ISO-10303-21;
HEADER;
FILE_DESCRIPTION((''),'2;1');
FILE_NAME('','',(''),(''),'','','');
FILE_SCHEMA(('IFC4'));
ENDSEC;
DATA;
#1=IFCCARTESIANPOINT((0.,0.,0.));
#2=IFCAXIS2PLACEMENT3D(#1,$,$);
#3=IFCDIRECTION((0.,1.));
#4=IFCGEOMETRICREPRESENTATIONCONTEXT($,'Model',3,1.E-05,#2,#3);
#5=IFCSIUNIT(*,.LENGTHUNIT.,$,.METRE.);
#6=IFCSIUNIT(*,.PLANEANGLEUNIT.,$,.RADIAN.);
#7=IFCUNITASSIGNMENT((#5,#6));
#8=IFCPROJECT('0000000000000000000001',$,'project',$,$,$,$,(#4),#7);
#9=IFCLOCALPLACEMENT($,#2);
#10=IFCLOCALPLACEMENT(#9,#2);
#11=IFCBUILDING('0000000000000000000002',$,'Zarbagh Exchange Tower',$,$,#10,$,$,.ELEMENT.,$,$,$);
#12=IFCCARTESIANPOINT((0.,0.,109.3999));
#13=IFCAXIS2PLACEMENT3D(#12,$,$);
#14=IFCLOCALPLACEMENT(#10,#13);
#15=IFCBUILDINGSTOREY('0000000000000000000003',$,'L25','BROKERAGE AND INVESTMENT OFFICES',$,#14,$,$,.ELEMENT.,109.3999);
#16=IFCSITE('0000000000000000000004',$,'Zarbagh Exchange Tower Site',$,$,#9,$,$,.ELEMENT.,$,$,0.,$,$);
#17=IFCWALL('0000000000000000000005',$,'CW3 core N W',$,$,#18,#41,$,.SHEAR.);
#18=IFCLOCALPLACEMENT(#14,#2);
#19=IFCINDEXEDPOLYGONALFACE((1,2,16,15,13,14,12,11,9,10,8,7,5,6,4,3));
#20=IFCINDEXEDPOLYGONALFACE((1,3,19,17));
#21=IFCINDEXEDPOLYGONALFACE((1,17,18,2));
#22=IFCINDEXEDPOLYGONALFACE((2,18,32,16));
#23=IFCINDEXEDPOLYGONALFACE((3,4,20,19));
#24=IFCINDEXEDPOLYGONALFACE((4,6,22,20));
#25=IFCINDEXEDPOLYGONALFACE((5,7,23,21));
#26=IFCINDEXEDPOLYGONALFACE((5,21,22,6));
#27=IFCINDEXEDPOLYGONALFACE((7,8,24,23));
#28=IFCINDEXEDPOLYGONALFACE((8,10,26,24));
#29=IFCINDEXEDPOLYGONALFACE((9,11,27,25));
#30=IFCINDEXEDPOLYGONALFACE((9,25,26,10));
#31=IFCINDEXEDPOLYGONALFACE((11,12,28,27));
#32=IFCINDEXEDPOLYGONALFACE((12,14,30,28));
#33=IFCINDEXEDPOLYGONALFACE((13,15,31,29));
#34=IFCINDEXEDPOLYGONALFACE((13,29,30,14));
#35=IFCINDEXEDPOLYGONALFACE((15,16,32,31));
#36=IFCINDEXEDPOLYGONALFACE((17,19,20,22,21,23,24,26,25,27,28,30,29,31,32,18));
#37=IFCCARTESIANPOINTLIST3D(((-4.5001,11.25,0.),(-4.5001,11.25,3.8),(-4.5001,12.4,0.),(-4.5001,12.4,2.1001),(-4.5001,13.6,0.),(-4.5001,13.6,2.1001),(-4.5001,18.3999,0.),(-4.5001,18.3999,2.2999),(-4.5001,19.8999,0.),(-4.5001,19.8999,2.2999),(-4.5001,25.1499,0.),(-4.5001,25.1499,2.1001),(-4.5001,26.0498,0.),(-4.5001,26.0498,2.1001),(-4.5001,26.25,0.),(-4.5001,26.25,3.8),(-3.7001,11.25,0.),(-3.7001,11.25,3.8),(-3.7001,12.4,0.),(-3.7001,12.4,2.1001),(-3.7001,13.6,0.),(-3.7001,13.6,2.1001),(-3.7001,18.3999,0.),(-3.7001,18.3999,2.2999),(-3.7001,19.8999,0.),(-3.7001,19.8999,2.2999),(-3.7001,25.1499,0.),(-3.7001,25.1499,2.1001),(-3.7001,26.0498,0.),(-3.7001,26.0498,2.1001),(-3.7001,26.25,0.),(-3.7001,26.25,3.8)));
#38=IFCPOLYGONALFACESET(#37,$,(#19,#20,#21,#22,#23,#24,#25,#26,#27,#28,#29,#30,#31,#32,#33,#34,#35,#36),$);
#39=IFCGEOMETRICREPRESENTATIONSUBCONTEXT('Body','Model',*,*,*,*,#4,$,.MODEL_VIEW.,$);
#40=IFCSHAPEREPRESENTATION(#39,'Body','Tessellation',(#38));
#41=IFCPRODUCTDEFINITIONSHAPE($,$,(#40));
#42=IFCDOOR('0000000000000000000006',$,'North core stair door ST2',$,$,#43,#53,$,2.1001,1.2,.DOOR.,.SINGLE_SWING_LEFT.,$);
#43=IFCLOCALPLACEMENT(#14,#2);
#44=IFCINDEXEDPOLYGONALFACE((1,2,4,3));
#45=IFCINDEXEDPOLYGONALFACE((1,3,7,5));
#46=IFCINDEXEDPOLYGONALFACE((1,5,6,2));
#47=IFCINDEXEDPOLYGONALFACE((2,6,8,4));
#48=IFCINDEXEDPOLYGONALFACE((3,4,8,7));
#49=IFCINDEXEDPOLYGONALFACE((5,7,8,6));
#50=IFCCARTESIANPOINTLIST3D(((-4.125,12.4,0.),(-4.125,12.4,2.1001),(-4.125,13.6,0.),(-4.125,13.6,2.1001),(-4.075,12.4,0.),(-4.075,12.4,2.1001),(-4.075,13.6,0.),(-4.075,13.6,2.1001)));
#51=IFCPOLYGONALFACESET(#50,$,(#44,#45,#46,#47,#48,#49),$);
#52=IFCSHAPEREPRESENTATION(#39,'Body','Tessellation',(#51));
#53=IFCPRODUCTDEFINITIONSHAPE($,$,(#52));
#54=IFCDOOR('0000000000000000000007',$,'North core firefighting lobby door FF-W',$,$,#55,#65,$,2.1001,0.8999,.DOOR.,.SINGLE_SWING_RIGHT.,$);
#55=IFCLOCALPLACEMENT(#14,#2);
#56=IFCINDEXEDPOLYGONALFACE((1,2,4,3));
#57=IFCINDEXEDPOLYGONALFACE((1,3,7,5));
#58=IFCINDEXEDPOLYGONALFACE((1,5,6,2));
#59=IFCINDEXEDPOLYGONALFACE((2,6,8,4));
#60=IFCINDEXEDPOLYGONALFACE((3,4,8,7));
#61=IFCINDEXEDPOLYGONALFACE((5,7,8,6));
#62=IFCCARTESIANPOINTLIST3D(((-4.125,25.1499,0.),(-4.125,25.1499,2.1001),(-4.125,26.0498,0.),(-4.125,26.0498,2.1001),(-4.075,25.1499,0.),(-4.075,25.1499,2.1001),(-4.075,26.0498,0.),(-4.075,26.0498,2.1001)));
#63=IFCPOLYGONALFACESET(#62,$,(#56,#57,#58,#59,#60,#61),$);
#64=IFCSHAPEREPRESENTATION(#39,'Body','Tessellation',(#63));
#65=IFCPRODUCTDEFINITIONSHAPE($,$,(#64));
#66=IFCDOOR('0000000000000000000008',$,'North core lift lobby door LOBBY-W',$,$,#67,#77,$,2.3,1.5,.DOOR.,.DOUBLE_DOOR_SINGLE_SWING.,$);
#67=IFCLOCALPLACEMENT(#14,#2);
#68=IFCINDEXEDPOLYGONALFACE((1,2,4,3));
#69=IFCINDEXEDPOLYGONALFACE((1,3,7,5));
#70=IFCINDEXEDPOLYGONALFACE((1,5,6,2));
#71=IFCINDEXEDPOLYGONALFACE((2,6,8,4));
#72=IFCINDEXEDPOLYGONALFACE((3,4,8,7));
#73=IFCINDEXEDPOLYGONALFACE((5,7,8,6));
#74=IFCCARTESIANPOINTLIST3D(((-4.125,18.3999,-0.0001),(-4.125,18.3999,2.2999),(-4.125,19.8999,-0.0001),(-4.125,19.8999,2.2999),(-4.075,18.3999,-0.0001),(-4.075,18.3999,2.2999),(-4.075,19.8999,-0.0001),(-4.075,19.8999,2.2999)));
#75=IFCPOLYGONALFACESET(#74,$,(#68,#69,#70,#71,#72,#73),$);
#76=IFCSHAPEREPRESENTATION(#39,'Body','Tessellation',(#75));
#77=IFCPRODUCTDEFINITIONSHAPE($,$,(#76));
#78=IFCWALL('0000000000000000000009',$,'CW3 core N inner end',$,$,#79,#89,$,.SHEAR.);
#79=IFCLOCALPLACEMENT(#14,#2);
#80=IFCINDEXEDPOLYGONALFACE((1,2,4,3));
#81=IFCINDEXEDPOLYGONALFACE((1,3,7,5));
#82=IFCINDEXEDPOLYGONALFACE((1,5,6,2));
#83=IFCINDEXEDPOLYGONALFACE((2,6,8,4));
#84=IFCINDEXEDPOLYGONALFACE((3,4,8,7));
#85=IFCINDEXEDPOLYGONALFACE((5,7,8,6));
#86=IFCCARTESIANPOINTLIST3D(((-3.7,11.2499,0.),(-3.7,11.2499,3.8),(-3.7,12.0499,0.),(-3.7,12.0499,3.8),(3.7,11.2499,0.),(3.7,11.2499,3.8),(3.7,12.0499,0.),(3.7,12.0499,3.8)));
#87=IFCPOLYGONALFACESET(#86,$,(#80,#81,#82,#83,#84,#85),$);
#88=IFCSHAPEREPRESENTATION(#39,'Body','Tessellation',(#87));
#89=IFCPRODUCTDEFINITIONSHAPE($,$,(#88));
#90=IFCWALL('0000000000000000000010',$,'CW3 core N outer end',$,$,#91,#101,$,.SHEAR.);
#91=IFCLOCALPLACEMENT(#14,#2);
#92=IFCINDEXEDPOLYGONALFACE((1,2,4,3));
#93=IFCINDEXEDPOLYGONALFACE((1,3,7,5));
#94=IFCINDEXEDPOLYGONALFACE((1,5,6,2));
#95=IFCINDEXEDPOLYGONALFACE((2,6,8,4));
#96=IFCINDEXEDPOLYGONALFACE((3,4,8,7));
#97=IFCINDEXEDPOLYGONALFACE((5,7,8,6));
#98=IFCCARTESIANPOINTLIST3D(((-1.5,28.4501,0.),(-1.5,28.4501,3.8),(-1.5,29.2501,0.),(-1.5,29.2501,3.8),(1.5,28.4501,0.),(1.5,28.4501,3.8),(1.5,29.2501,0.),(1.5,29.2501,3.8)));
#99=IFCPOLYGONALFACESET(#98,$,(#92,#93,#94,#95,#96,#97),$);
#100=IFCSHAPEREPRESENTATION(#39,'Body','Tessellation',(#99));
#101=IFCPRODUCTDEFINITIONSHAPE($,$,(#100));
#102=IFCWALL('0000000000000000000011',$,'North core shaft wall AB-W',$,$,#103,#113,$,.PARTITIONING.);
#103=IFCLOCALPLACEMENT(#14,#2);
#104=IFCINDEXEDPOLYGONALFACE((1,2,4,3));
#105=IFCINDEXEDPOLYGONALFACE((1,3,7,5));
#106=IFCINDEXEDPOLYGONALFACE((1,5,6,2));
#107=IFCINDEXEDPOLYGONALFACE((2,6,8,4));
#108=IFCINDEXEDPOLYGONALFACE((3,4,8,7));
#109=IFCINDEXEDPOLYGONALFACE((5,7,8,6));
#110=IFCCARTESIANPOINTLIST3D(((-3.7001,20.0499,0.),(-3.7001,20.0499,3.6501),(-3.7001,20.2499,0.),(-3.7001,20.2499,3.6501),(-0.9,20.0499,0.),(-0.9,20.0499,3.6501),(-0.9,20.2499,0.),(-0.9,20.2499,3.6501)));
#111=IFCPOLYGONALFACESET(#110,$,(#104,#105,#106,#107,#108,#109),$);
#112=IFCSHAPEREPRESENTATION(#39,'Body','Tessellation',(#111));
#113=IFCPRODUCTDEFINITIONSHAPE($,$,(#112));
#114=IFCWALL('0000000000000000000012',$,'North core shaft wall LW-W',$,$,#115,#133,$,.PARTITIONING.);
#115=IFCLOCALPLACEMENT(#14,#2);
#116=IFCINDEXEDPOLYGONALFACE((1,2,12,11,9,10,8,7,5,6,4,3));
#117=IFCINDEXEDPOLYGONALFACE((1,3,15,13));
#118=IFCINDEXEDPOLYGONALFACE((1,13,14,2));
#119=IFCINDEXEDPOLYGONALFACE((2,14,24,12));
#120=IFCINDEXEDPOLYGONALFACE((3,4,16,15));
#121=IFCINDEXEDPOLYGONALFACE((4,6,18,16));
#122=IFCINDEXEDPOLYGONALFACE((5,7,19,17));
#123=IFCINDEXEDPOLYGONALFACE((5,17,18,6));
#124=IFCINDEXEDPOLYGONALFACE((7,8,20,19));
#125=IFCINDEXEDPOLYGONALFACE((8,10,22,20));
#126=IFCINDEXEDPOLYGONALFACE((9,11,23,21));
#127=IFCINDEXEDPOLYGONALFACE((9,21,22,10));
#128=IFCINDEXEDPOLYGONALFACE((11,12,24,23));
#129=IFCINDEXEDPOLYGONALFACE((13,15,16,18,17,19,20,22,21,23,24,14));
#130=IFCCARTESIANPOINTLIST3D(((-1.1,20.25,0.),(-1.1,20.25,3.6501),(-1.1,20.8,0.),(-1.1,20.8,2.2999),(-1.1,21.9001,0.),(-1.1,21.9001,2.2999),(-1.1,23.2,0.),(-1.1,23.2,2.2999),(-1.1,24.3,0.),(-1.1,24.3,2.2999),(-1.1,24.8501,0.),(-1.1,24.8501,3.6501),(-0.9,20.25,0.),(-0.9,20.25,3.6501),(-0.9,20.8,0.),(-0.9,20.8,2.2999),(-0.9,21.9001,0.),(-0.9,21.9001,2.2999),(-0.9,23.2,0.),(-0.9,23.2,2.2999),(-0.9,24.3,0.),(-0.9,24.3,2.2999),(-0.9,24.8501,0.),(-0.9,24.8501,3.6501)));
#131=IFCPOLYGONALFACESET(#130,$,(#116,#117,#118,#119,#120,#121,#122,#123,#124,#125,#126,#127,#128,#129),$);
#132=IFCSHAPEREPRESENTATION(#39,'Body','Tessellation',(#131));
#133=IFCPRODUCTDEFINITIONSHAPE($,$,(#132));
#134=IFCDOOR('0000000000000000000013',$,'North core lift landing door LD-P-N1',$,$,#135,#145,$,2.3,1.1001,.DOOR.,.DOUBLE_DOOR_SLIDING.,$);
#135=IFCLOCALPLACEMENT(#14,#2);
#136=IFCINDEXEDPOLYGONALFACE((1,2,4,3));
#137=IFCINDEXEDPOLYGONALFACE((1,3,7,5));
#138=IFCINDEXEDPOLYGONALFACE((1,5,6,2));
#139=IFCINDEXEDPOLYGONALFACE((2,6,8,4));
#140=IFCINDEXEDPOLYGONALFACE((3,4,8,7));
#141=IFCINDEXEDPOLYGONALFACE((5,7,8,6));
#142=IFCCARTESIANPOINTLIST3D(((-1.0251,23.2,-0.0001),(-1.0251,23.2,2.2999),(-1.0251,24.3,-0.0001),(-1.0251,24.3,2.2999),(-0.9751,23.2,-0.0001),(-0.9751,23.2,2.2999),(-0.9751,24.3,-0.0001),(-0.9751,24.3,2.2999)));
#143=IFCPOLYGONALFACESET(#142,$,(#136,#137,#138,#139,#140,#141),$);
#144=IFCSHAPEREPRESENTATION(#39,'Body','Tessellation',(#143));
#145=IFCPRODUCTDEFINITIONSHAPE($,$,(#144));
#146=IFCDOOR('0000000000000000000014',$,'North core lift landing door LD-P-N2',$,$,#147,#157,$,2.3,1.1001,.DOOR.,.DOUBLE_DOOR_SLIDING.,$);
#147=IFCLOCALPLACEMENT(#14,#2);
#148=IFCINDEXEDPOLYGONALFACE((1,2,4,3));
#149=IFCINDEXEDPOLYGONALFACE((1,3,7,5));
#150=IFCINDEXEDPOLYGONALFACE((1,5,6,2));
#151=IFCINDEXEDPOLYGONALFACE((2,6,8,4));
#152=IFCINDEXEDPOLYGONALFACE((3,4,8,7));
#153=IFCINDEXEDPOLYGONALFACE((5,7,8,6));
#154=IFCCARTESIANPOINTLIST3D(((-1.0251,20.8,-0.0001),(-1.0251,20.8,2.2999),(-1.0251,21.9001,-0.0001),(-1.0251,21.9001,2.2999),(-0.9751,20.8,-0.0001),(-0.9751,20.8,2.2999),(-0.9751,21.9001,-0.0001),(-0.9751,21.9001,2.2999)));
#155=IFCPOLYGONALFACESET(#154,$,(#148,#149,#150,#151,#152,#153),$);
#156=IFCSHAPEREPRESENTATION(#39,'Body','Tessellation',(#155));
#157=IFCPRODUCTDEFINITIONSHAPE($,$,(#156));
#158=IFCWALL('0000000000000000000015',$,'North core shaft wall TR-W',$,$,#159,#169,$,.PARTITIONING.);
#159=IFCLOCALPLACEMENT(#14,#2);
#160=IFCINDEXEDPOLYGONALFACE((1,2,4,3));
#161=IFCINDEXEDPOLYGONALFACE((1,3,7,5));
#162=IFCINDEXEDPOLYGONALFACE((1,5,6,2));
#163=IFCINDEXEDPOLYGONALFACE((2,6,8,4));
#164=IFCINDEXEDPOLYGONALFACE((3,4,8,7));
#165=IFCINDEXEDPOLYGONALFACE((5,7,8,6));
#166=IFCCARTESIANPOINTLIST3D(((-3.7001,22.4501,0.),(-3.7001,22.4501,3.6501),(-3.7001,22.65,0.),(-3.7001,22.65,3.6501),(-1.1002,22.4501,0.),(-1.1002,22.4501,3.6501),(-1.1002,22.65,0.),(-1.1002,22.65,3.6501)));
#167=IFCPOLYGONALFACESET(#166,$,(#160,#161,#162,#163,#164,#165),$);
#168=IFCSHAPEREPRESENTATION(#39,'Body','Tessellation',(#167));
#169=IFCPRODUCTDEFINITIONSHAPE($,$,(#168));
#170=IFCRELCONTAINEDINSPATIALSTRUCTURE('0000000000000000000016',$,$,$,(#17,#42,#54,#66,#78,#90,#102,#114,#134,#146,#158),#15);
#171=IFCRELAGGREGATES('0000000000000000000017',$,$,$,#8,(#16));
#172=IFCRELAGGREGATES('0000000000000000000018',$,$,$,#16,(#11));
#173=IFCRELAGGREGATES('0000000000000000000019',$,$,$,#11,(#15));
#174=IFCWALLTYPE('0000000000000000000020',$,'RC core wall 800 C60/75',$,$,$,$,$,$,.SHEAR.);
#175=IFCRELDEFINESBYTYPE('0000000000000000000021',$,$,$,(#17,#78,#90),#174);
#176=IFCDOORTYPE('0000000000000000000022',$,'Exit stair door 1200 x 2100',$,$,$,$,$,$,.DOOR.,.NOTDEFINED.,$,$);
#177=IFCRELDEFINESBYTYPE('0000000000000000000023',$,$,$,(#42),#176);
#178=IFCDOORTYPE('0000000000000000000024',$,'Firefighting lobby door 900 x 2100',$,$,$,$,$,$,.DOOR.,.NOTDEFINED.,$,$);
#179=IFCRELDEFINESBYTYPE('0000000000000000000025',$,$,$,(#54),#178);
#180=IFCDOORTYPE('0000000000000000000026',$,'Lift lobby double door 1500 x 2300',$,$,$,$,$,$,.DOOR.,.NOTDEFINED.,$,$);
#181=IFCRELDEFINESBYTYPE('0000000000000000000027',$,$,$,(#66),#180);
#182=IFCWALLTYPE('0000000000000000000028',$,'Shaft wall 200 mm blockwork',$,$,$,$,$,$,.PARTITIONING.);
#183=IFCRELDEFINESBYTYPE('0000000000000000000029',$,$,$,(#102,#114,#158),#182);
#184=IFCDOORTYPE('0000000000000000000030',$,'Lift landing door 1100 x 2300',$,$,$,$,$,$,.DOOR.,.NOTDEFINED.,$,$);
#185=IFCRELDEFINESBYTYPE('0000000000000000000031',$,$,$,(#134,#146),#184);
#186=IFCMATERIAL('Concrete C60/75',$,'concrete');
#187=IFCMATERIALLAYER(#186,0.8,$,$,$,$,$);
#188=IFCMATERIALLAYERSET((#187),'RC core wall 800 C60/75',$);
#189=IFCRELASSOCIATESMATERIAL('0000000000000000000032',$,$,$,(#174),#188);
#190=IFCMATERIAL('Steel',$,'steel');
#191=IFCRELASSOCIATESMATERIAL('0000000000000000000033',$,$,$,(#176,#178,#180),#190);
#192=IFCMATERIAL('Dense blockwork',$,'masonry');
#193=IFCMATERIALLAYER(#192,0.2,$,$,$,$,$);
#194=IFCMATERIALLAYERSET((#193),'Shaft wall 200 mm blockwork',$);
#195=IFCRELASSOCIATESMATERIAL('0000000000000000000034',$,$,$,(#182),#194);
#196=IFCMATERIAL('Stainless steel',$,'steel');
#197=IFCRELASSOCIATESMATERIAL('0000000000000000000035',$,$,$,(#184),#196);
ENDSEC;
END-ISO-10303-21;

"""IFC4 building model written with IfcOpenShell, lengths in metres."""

from ifc_helpers import new_model, si_unit, direction, frame, frame_2d, origin, place, context, subcontext, project, spatial, rectangle, extrude, material, layer, layer_set, type_object, element, fill, save


model = new_model("IFC4")

# Units and contexts
model_context = context("Model", 3, precision=1e-05, world=origin(), true_north=direction((0.0, 1.0)))
body_context = subcontext(model_context, "Body", "Model", "MODEL_VIEW")
ifc_project = project(units=[si_unit("LENGTHUNIT", "METRE"), si_unit("PLANEANGLEUNIT", "RADIAN")], contexts=[model_context])

# Site, building, storey
site_placement = place(None, origin())
site = spatial("IfcSite", under=ifc_project, at=site_placement, Name="Zarbagh Exchange Tower Site", CompositionType="ELEMENT", RefElevation=0.0)
building_placement = place(site_placement, origin())
building = spatial("IfcBuilding", under=site, at=building_placement, Name="Zarbagh Exchange Tower", CompositionType="ELEMENT")
storey_placement = place(building_placement, frame((0.0, 0.0, 109.3999)))
storey = spatial("IfcBuildingStorey", under=building, at=storey_placement, Name="L25", Description="BROKERAGE AND INVESTMENT OFFICES", CompositionType="ELEMENT", Elevation=109.3999)

# Shared definitions
ifc_material_1 = material(Name="Concrete C60/75", Category="concrete")

# Wall, openings, doors
ifc_layer_1 = layer(ifc_material_1, 0.8)
ifc_layer_set_1 = layer_set([ifc_layer_1], Name="RC core wall 800 C60/75")
wall_type_1 = type_object("IfcWallType", Name="RC core wall 800 C60/75", PredefinedType="SHEAR", material=ifc_layer_set_1)
wall_1_placement = place(storey_placement, frame((-4.1001, 11.25, 0.0), z_axis=(0.0, 0.0, 1.0), x_axis=(0.0, 1.0, 0.0)))
wall_1 = element("IfcWall", 1, at=wall_1_placement, inside=storey, type_object=wall_type_1, Name="CW3 core N W", PredefinedType="SHEAR", context=body_context, shape_type="SweptSolid", body=[
    extrude(rectangle(XDim=15.0, YDim=0.8, at=frame_2d((7.5, 0.0))), origin(), (0.0, 0.0, 1.0), 3.8),
])
opening_1_placement = place(wall_1_placement, frame((7.1499, 0.0, 0.0)))
opening_1 = element("IfcOpeningElement", 2, at=opening_1_placement, cuts=wall_1, PredefinedType="OPENING", context=body_context, shape_type="SweptSolid", body=[
    extrude(rectangle(XDim=1.5, YDim=2.3, at=frame_2d((0.75, 1.1499))), frame((0.0, 0.4099, 0.0), z_axis=(0.0, -1.0, 0.0), x_axis=(1.0, 0.0, 0.0)), (0.0, 0.0, 1.0), 0.8201),
])
opening_2_placement = place(wall_1_placement, frame((13.8999, 0.0, 0.0)))
opening_2 = element("IfcOpeningElement", 3, at=opening_2_placement, cuts=wall_1, PredefinedType="OPENING", context=body_context, shape_type="SweptSolid", body=[
    extrude(rectangle(XDim=0.8999, YDim=2.1001, at=frame_2d((0.45, 1.05))), frame((0.0, 0.4099, 0.0), z_axis=(0.0, -1.0, 0.0), x_axis=(1.0, 0.0, 0.0)), (0.0, 0.0, 1.0), 0.8201),
])
opening_3_placement = place(wall_1_placement, frame((1.1499, 0.0, 0.0)))
opening_3 = element("IfcOpeningElement", 4, at=opening_3_placement, cuts=wall_1, PredefinedType="OPENING", context=body_context, shape_type="SweptSolid", body=[
    extrude(rectangle(XDim=1.2, YDim=2.1001, at=frame_2d((0.6001, 1.05))), frame((0.0, 0.4099, 0.0), z_axis=(0.0, -1.0, 0.0), x_axis=(1.0, 0.0, 0.0)), (0.0, 0.0, 1.0), 0.8201),
])
ifc_material_2 = material(Name="Steel", Category="steel")
door_type_1 = type_object("IfcDoorType", Name="Exit stair door 1200 x 2100", OperationType="NOTDEFINED", PredefinedType="DOOR", material=ifc_material_2)
door_1_placement = place(opening_3_placement, origin())
door_1 = element("IfcDoor", 5, at=door_1_placement, inside=storey, type_object=door_type_1, Name="North core stair door ST2", OperationType="SINGLE_SWING_LEFT", OverallHeight=2.1001, OverallWidth=1.2, PredefinedType="DOOR", context=body_context, shape_type="SweptSolid", body=[
    extrude(rectangle(XDim=1.2, YDim=2.1001, at=frame_2d((0.6001, 1.05))), frame((0.0, 0.0249, 0.0), z_axis=(0.0, -1.0, 0.0), x_axis=(1.0, 0.0, 0.0)), (0.0, 0.0, 1.0), 0.05),
])
fill(opening_3, door_1)
door_type_2 = type_object("IfcDoorType", Name="Firefighting lobby door 900 x 2100", OperationType="NOTDEFINED", PredefinedType="DOOR", material=ifc_material_2)
door_2_placement = place(opening_2_placement, origin())
door_2 = element("IfcDoor", 6, at=door_2_placement, inside=storey, type_object=door_type_2, Name="North core firefighting lobby door FF-W", OperationType="SINGLE_SWING_RIGHT", OverallHeight=2.1001, OverallWidth=0.8999, PredefinedType="DOOR", context=body_context, shape_type="SweptSolid", body=[
    extrude(rectangle(XDim=0.8999, YDim=2.1001, at=frame_2d((0.45, 1.05))), frame((0.0, 0.0249, 0.0), z_axis=(0.0, -1.0, 0.0), x_axis=(1.0, 0.0, 0.0)), (0.0, 0.0, 1.0), 0.05),
])
fill(opening_2, door_2)
door_type_3 = type_object("IfcDoorType", Name="Lift lobby double door 1500 x 2300", OperationType="NOTDEFINED", PredefinedType="DOOR", material=ifc_material_2)
door_3_placement = place(opening_1_placement, origin())
door_3 = element("IfcDoor", 7, at=door_3_placement, inside=storey, type_object=door_type_3, Name="North core lift lobby door LOBBY-W", OperationType="DOUBLE_DOOR_SINGLE_SWING", OverallHeight=2.3, OverallWidth=1.5, PredefinedType="DOOR", context=body_context, shape_type="SweptSolid", body=[
    extrude(rectangle(XDim=1.5, YDim=2.3, at=frame_2d((0.75, 1.1499))), frame((0.0, 0.0249, 0.0), z_axis=(0.0, -1.0, 0.0), x_axis=(1.0, 0.0, 0.0)), (0.0, 0.0, 1.0), 0.05),
])
fill(opening_1, door_3)

# Walls
wall_2_placement = place(storey_placement, frame((-3.7, 11.6499, 0.0), z_axis=(0.0, 0.0, 1.0), x_axis=(1.0, 0.0, 0.0)))
element("IfcWall", 8, at=wall_2_placement, inside=storey, type_object=wall_type_1, Name="CW3 core N inner end", PredefinedType="SHEAR", context=body_context, shape_type="SweptSolid", body=[
    extrude(rectangle(XDim=7.3999, YDim=0.8, at=frame_2d((3.7, 0.0))), origin(), (0.0, 0.0, 1.0), 3.8),
])
wall_3_placement = place(storey_placement, frame((-1.5, 28.8501, 0.0), z_axis=(0.0, 0.0, 1.0), x_axis=(1.0, 0.0, 0.0)))
element("IfcWall", 9, at=wall_3_placement, inside=storey, type_object=wall_type_1, Name="CW3 core N outer end", PredefinedType="SHEAR", context=body_context, shape_type="SweptSolid", body=[
    extrude(rectangle(XDim=3.0, YDim=0.8, at=frame_2d((1.5, 0.0))), origin(), (0.0, 0.0, 1.0), 3.8),
])
ifc_material_3 = material(Name="Dense blockwork", Category="masonry")
ifc_layer_2 = layer(ifc_material_3, 0.2)
ifc_layer_set_2 = layer_set([ifc_layer_2], Name="Shaft wall 200 mm blockwork")
wall_type_2 = type_object("IfcWallType", Name="Shaft wall 200 mm blockwork", PredefinedType="PARTITIONING", material=ifc_layer_set_2)
wall_4_placement = place(storey_placement, frame((-3.7, 20.1499, 0.0), z_axis=(0.0, 0.0, 1.0), x_axis=(1.0, 0.0, 0.0)))
element("IfcWall", 10, at=wall_4_placement, inside=storey, type_object=wall_type_2, Name="North core shaft wall AB-W", PredefinedType="PARTITIONING", context=body_context, shape_type="SweptSolid", body=[
    extrude(rectangle(XDim=2.8, YDim=0.2, at=frame_2d((1.3999, 0.0))), origin(), (0.0, 0.0, 1.0), 3.6501),
])

# Wall, openings, doors
wall_5_placement = place(storey_placement, frame((-1.0, 24.8501, 0.0), z_axis=(0.0, 0.0, 1.0), x_axis=(0.0, -1.0, 0.0)))
wall_5 = element("IfcWall", 11, at=wall_5_placement, inside=storey, type_object=wall_type_2, Name="North core shaft wall LW-W", PredefinedType="PARTITIONING", context=body_context, shape_type="SweptSolid", body=[
    extrude(rectangle(XDim=4.6001, YDim=0.2, at=frame_2d((2.3, 0.0))), origin(), (0.0, 0.0, 1.0), 3.6501),
])
opening_4_placement = place(wall_5_placement, frame((0.55, 0.0, 0.0)))
opening_4 = element("IfcOpeningElement", 12, at=opening_4_placement, cuts=wall_5, PredefinedType="OPENING", context=body_context, shape_type="SweptSolid", body=[
    extrude(rectangle(XDim=1.1001, YDim=2.3, at=frame_2d((0.55, 1.1499))), frame((0.0, 0.1099, 0.0), z_axis=(0.0, -1.0, 0.0), x_axis=(1.0, 0.0, 0.0)), (0.0, 0.0, 1.0), 0.22),
])
opening_5_placement = place(wall_5_placement, frame((2.95, 0.0, 0.0)))
opening_5 = element("IfcOpeningElement", 13, at=opening_5_placement, cuts=wall_5, PredefinedType="OPENING", context=body_context, shape_type="SweptSolid", body=[
    extrude(rectangle(XDim=1.1001, YDim=2.3, at=frame_2d((0.55, 1.1499))), frame((0.0, 0.1099, 0.0), z_axis=(0.0, -1.0, 0.0), x_axis=(1.0, 0.0, 0.0)), (0.0, 0.0, 1.0), 0.22),
])
ifc_material_4 = material(Name="Stainless steel", Category="steel")
door_type_4 = type_object("IfcDoorType", Name="Lift landing door 1100 x 2300", OperationType="NOTDEFINED", PredefinedType="DOOR", material=ifc_material_4)
door_4_placement = place(opening_4_placement, origin())
door_4 = element("IfcDoor", 14, at=door_4_placement, inside=storey, type_object=door_type_4, Name="North core lift landing door LD-P-N1", OperationType="DOUBLE_DOOR_SLIDING", OverallHeight=2.3, OverallWidth=1.1001, PredefinedType="DOOR", context=body_context, shape_type="SweptSolid", body=[
    extrude(rectangle(XDim=1.1001, YDim=2.3, at=frame_2d((0.55, 1.1499))), frame((0.0, 0.0249, 0.0), z_axis=(0.0, -1.0, 0.0), x_axis=(1.0, 0.0, 0.0)), (0.0, 0.0, 1.0), 0.05),
])
fill(opening_4, door_4)
door_5_placement = place(opening_5_placement, origin())
door_5 = element("IfcDoor", 15, at=door_5_placement, inside=storey, type_object=door_type_4, Name="North core lift landing door LD-P-N2", OperationType="DOUBLE_DOOR_SLIDING", OverallHeight=2.3, OverallWidth=1.1001, PredefinedType="DOOR", context=body_context, shape_type="SweptSolid", body=[
    extrude(rectangle(XDim=1.1001, YDim=2.3, at=frame_2d((0.55, 1.1499))), frame((0.0, 0.0249, 0.0), z_axis=(0.0, -1.0, 0.0), x_axis=(1.0, 0.0, 0.0)), (0.0, 0.0, 1.0), 0.05),
])
fill(opening_5, door_5)

# Wall
wall_6_placement = place(storey_placement, frame((-3.7, 22.55, 0.0), z_axis=(0.0, 0.0, 1.0), x_axis=(1.0, 0.0, 0.0)))
element("IfcWall", 16, at=wall_6_placement, inside=storey, type_object=wall_type_2, Name="North core shaft wall TR-W", PredefinedType="PARTITIONING", context=body_context, shape_type="SweptSolid", body=[
    extrude(rectangle(XDim=2.5999, YDim=0.2, at=frame_2d((1.2998, 0.0))), origin(), (0.0, 0.0, 1.0), 3.6501),
])

save(model, "model.ifc")
